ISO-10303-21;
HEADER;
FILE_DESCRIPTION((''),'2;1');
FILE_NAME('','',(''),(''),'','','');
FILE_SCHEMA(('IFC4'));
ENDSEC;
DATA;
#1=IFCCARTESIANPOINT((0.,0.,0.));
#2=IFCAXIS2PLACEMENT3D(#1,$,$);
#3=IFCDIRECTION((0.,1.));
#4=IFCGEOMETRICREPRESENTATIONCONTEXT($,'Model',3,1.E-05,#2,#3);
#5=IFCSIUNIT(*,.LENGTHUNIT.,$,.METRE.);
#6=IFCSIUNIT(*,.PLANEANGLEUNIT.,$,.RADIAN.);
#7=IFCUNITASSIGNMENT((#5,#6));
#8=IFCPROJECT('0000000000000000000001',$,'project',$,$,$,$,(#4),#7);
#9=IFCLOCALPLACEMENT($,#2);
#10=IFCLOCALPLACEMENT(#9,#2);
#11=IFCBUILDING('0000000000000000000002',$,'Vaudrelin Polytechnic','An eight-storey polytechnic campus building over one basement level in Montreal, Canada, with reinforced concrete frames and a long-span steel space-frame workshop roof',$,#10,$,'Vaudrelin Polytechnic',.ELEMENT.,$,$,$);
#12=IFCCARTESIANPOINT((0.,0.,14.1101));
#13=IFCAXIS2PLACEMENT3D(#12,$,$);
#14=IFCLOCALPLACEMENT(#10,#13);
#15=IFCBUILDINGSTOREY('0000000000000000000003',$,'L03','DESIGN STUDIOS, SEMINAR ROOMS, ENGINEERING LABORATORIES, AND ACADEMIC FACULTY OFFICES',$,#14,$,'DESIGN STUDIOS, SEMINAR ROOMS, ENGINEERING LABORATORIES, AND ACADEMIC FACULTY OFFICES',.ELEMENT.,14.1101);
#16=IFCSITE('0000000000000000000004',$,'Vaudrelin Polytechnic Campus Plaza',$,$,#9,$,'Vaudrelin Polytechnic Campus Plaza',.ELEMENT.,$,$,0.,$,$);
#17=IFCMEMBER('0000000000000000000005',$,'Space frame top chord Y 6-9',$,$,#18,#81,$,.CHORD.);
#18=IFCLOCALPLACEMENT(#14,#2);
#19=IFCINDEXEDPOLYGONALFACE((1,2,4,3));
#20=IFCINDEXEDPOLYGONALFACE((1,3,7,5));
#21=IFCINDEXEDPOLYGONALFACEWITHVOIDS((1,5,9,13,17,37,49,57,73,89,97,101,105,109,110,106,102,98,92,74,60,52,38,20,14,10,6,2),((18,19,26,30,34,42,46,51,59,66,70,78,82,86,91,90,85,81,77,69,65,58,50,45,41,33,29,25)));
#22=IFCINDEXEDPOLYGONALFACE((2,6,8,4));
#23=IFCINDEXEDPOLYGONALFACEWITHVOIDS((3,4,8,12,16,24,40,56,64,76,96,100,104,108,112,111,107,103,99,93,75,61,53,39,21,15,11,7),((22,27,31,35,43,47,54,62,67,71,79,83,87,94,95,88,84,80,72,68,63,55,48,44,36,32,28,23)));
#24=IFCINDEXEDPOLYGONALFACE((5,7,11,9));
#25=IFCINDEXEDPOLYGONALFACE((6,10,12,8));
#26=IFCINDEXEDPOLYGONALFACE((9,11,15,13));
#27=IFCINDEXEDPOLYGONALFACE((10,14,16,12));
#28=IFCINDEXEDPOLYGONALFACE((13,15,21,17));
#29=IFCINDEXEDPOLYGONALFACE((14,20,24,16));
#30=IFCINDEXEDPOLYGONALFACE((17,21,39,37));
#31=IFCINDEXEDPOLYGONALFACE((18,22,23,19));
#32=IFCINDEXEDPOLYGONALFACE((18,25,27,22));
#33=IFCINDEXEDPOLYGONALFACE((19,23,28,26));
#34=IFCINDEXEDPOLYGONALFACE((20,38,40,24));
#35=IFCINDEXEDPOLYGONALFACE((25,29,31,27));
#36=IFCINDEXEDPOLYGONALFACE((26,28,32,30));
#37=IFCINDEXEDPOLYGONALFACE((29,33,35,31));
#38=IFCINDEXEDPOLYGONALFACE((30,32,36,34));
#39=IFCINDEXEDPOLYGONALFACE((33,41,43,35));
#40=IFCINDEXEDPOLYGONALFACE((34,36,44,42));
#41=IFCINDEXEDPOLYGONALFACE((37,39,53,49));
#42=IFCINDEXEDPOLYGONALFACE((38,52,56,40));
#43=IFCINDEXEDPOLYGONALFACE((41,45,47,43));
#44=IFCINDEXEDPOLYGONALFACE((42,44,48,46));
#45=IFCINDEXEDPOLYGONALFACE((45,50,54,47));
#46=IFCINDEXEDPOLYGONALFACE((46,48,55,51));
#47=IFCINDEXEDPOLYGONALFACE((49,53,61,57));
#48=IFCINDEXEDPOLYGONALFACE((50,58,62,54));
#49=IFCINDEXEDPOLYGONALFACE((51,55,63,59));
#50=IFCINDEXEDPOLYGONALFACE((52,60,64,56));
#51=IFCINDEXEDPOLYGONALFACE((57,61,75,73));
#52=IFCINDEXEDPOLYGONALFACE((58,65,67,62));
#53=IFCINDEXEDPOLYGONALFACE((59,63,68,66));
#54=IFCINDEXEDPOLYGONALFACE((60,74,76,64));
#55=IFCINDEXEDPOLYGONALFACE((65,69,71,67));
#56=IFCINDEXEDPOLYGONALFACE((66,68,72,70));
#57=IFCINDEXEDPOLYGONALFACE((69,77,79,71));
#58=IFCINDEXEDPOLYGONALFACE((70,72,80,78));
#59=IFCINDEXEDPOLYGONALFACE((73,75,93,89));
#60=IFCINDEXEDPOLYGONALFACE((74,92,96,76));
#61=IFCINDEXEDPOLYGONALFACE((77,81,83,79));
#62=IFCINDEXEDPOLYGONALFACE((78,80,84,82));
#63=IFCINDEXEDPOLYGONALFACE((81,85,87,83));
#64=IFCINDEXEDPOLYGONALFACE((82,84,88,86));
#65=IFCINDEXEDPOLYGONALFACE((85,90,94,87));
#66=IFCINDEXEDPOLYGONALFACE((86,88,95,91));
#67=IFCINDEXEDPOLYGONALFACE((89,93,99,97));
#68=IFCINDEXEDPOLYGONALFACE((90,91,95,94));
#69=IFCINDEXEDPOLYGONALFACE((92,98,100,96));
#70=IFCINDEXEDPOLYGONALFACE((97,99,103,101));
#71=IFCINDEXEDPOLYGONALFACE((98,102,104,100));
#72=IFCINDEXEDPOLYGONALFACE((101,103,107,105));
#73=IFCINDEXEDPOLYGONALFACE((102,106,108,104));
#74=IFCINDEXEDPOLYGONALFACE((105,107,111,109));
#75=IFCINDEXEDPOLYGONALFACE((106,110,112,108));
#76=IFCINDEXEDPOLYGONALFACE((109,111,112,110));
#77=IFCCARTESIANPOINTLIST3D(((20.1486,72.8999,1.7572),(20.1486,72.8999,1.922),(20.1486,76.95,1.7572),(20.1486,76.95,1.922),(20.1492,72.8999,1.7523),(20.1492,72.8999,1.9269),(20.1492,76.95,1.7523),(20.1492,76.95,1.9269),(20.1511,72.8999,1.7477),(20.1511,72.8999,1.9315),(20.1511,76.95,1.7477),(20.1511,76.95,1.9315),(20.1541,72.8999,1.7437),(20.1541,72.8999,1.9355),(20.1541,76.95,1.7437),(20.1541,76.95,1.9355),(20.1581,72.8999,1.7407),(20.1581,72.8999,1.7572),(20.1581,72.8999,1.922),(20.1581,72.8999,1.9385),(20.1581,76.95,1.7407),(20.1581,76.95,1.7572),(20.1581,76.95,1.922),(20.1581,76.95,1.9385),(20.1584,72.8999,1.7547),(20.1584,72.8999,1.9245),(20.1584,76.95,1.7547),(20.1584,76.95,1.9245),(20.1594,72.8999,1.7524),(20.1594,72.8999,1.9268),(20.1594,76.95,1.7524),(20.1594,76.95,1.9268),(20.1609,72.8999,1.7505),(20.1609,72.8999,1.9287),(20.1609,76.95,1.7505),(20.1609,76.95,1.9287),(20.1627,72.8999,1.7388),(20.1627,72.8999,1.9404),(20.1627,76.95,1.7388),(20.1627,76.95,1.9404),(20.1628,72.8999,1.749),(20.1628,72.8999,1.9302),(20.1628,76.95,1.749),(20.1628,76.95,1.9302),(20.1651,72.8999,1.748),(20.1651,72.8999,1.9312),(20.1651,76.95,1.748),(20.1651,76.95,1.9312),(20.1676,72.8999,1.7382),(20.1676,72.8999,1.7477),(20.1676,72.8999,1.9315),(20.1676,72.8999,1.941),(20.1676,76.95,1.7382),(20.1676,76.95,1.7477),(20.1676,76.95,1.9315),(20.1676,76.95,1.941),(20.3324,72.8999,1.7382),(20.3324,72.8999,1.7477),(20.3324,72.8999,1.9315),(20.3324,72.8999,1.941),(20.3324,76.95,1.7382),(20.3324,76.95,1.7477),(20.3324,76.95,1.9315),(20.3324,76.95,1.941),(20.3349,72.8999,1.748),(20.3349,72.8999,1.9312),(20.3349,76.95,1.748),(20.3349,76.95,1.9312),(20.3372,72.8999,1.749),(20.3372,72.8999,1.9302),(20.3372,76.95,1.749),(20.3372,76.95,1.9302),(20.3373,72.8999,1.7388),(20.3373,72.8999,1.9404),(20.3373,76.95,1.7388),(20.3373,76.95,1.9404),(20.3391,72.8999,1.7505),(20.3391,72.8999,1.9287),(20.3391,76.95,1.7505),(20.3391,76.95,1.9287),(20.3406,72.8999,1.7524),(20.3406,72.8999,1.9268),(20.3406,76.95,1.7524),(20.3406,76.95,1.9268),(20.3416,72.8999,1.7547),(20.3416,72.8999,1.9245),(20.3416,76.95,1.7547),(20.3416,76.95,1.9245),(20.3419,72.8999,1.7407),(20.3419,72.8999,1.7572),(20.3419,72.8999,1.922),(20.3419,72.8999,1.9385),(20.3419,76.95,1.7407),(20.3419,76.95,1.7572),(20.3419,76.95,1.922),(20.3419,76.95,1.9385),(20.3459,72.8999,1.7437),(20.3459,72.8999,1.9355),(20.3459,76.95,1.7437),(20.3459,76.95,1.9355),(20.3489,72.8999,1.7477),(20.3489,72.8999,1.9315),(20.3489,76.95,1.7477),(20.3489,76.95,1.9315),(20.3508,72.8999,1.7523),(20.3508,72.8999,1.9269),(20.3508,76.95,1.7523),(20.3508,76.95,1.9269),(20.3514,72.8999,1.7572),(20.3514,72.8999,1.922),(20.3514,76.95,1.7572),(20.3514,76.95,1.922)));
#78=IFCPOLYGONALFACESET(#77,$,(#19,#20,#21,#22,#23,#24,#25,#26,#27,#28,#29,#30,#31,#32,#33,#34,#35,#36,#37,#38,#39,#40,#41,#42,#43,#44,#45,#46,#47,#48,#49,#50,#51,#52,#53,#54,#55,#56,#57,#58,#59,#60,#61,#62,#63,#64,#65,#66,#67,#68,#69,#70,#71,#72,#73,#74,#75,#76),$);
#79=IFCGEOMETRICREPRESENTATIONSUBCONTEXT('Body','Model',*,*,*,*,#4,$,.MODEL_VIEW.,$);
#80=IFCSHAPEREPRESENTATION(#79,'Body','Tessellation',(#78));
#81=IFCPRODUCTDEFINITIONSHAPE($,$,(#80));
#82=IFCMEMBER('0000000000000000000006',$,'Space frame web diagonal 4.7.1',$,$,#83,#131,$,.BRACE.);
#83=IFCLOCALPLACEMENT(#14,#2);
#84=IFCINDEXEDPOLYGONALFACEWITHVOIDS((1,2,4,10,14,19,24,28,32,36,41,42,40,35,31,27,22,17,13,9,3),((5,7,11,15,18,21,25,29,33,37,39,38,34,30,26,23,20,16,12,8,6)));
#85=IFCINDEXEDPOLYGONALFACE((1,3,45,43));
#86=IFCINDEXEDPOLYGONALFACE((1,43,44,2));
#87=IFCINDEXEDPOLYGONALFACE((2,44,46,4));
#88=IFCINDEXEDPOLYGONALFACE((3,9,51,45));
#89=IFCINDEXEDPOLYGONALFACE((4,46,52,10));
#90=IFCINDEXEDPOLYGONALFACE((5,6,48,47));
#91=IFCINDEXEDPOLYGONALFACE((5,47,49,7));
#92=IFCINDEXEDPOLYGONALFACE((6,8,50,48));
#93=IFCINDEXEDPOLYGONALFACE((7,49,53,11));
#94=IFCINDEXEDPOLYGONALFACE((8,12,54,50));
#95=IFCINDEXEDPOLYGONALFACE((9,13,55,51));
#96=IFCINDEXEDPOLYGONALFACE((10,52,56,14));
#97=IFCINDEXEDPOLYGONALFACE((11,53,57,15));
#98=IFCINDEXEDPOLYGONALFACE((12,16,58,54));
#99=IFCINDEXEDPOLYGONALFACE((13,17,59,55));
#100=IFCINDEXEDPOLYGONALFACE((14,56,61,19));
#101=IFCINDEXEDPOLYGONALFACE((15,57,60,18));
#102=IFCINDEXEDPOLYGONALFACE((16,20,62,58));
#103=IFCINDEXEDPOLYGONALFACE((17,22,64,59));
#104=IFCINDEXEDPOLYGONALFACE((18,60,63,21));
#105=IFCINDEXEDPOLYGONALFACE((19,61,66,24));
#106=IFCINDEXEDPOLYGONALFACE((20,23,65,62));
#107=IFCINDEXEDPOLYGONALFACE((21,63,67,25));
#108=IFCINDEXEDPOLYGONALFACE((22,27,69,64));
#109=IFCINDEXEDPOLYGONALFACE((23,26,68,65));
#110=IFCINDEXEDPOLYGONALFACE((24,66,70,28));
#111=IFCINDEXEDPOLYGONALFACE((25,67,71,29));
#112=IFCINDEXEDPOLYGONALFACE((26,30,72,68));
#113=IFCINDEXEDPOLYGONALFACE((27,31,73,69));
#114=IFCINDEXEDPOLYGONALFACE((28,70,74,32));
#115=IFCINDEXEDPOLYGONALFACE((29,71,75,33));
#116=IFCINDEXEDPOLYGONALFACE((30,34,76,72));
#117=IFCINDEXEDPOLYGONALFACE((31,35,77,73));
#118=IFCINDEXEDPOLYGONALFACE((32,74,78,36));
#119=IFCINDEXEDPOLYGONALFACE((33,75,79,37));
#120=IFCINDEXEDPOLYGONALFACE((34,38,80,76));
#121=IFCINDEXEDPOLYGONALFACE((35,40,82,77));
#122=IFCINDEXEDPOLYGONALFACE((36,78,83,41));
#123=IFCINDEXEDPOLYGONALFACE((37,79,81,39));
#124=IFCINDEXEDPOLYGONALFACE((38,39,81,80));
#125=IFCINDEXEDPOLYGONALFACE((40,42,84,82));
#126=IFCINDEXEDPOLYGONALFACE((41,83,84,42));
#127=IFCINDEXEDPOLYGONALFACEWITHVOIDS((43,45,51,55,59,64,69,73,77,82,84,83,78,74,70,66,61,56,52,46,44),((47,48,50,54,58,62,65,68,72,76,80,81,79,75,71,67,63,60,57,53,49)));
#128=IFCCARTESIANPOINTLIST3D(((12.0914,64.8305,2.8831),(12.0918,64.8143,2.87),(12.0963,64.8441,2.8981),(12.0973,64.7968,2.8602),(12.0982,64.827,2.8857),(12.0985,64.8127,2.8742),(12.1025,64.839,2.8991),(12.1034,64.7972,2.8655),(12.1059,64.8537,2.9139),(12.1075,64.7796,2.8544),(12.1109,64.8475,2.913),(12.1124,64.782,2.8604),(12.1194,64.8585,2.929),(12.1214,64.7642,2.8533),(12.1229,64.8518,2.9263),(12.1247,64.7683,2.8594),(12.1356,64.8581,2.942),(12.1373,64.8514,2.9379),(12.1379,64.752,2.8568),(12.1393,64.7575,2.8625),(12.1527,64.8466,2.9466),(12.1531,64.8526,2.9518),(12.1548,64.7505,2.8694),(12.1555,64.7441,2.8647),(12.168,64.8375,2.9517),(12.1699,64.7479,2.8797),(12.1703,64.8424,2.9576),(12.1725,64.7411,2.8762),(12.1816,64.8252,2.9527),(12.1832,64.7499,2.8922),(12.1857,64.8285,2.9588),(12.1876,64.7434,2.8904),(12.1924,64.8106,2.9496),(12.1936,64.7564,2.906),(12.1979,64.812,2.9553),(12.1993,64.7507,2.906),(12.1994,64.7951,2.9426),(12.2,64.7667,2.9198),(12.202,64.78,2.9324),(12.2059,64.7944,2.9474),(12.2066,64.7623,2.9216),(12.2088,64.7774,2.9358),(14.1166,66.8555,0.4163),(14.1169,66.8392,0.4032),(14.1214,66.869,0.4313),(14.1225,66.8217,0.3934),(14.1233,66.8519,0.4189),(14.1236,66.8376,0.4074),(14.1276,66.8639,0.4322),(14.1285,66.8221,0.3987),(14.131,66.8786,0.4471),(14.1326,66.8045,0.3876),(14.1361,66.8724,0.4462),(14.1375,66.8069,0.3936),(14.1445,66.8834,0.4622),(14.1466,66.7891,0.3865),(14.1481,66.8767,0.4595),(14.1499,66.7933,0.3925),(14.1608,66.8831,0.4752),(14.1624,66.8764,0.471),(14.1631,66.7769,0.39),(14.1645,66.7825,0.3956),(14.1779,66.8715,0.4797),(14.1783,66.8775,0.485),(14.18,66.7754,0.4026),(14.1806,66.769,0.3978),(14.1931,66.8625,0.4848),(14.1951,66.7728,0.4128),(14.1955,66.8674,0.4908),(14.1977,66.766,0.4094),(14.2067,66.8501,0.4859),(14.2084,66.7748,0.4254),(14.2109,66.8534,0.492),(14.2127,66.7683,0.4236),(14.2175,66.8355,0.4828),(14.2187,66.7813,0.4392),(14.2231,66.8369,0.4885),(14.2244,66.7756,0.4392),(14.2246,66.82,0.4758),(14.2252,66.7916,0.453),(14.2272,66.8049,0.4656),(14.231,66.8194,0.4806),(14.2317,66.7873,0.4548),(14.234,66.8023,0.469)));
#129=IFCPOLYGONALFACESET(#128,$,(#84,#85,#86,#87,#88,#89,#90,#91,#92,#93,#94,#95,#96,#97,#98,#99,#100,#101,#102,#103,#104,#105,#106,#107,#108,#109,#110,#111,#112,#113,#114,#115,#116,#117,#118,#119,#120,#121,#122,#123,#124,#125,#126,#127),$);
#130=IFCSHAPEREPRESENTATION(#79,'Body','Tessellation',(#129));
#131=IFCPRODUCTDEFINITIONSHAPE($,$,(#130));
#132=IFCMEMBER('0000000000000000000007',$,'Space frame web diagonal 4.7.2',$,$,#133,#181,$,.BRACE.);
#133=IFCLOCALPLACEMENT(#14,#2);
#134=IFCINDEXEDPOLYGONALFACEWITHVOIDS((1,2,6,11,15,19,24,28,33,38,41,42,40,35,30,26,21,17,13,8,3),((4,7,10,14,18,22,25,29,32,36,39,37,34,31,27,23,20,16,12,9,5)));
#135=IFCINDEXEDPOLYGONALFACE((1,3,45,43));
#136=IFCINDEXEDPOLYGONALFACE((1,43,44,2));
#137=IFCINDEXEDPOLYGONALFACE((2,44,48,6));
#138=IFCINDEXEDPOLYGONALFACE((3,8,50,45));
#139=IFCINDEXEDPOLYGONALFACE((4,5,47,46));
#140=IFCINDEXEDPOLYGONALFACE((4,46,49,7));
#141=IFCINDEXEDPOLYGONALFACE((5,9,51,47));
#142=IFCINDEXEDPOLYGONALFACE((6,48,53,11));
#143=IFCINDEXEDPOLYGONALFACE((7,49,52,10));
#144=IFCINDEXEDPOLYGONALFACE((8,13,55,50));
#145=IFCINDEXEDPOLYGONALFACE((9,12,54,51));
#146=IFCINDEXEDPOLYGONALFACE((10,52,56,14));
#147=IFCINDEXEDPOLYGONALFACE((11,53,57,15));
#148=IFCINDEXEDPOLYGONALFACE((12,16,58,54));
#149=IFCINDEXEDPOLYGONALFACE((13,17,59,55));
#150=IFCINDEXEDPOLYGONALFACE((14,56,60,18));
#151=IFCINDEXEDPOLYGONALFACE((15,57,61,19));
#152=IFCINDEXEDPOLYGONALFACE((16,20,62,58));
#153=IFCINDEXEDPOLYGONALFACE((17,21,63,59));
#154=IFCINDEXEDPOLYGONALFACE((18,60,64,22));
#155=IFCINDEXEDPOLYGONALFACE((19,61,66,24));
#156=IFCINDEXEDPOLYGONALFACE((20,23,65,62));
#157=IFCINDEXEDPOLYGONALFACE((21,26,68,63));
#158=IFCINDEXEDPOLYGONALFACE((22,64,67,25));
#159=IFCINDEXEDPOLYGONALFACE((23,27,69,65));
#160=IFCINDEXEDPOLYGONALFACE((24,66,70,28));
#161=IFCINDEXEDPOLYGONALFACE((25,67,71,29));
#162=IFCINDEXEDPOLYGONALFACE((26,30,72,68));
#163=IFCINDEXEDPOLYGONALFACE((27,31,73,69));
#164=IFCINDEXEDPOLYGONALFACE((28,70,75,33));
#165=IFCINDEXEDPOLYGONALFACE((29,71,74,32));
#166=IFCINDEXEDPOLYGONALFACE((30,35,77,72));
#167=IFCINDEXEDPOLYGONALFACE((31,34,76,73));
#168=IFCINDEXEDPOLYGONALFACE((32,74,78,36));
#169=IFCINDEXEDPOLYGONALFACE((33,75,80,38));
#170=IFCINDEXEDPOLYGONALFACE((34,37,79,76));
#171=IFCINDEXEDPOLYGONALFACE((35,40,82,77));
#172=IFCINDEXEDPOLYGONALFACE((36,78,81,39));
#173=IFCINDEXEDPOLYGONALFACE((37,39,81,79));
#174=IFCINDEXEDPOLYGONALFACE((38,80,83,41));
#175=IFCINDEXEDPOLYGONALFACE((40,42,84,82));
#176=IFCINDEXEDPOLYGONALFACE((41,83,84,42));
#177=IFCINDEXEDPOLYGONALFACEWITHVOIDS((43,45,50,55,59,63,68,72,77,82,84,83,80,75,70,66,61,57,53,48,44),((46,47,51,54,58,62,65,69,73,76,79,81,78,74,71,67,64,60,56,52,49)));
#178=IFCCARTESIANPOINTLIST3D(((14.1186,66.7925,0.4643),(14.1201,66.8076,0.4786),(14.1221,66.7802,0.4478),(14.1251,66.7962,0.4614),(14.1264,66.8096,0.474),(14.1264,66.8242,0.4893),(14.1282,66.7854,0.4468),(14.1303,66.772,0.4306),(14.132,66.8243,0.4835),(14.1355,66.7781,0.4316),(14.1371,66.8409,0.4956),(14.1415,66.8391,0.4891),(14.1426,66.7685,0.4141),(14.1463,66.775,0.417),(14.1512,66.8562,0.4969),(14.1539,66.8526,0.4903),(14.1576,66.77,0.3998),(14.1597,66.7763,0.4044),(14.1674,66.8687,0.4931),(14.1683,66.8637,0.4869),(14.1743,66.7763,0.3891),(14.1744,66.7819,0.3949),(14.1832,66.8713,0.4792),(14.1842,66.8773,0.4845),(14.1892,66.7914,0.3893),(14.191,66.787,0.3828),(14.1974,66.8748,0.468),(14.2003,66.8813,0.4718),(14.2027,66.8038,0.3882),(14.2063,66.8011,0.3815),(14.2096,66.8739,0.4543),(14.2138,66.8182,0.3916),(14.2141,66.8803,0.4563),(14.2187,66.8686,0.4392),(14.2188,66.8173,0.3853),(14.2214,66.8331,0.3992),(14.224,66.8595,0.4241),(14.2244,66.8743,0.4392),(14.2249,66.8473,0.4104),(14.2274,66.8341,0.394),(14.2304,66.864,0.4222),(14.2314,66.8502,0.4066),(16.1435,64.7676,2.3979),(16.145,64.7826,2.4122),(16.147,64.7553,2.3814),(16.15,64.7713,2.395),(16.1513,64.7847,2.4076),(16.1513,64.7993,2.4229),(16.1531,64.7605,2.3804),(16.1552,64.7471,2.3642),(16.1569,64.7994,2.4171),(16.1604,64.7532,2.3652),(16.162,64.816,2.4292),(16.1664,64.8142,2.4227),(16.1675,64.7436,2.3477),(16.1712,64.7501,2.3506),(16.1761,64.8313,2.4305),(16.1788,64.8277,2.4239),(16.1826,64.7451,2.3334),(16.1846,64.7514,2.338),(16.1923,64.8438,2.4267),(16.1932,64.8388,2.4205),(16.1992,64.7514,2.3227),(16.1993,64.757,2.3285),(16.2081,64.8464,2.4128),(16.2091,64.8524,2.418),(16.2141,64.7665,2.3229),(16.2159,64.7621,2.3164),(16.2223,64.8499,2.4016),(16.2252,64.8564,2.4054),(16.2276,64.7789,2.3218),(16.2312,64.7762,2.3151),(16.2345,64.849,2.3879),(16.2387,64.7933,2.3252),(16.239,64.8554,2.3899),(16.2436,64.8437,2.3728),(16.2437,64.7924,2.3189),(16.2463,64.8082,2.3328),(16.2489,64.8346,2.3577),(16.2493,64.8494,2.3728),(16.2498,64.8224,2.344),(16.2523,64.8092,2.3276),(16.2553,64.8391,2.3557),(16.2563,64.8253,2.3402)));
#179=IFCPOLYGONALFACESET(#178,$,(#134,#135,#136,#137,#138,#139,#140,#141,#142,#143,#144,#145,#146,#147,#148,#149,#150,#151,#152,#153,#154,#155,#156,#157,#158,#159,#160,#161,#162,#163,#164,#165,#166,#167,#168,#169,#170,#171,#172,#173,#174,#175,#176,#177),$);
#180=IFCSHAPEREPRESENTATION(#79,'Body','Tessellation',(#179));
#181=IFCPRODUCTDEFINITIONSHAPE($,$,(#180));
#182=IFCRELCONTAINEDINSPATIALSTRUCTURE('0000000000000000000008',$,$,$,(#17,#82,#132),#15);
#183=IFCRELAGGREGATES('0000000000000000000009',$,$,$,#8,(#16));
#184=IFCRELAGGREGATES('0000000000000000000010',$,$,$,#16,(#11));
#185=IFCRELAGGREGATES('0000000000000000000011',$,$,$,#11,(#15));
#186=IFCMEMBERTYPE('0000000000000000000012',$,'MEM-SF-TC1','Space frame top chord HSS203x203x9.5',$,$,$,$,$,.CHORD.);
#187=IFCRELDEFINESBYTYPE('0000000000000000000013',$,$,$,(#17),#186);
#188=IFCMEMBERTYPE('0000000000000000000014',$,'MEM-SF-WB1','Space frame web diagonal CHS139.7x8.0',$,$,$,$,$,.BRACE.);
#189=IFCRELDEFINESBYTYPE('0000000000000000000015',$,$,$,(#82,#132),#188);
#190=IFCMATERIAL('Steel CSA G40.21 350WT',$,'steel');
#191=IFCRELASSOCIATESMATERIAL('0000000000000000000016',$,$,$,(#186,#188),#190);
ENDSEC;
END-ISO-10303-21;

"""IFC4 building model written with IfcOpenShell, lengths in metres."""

from ifc_helpers import new_model, si_unit, direction, frame, origin, origin_2d, place, context, subcontext, project, spatial, hollow_rectangle, hollow_circle, extrude, material, material_profile, profile_set, type_object, element, save


model = new_model("IFC4")

# Units and contexts
model_context = context("Model", 3, precision=1e-05, world=origin(), true_north=direction((0.0, 1.0)))
body_context = subcontext(model_context, "Body", "Model", "MODEL_VIEW")
ifc_project = project(units=[si_unit("LENGTHUNIT", "METRE"), si_unit("PLANEANGLEUNIT", "RADIAN")], contexts=[model_context])

# Site, building, storey
site_placement = place(None, origin())
site = spatial("IfcSite", under=ifc_project, at=site_placement, Name="Vaudrelin Polytechnic Campus Plaza", LongName="Vaudrelin Polytechnic Campus Plaza", CompositionType="ELEMENT", RefElevation=0.0)
building_placement = place(site_placement, origin())
building = spatial("IfcBuilding", under=site, at=building_placement, Name="Vaudrelin Polytechnic", Description="An eight-storey polytechnic campus building over one basement level in Montreal, Canada, with reinforced concrete frames and a long-span steel space-frame workshop roof", LongName="Vaudrelin Polytechnic", CompositionType="ELEMENT")
storey_placement = place(building_placement, frame((0.0, 0.0, 14.1101)))
storey = spatial("IfcBuildingStorey", under=building, at=storey_placement, Name="L03", Description="DESIGN STUDIOS, SEMINAR ROOMS, ENGINEERING LABORATORIES, AND ACADEMIC FACULTY OFFICES", LongName="DESIGN STUDIOS, SEMINAR ROOMS, ENGINEERING LABORATORIES, AND ACADEMIC FACULTY OFFICES", CompositionType="ELEMENT", Elevation=14.1101)

# Members
ifc_material = material(Name="Steel CSA G40.21 350WT", Category="steel")
ifc_material_profile_1 = material_profile(ifc_material, hollow_rectangle(XDim=0.2029, YDim=0.2029, WallThickness=0.0095, InnerFilletRadius=0.0095, OuterFilletRadius=0.019, at=origin_2d()), Name="HSS203x203x9.5")
ifc_profile_set_1 = profile_set([ifc_material_profile_1], Name="Steel CSA G40.21 350WT")
member_type_1 = type_object("IfcMemberType", Name="MEM-SF-TC1", Description="Space frame top chord HSS203x203x9.5", PredefinedType="CHORD", material=ifc_profile_set_1)
member_1_placement = place(storey_placement, frame((20.25, 72.8999, 1.8396), z_axis=(0.0, 1.0, 0.0), x_axis=(-1.0, 0.0, 0.0)))
element("IfcMember", 1, at=member_1_placement, inside=storey, type_object=member_type_1, Name="Space frame top chord Y 6-9", PredefinedType="CHORD", context=body_context, shape_type="SweptSolid", body=[
    extrude(hollow_rectangle(XDim=0.2029, YDim=0.2029, WallThickness=0.0095, InnerFilletRadius=0.0095, OuterFilletRadius=0.019, at=origin_2d()), origin(), (0.0, 0.0, 1.0), 4.05),
])
ifc_material_profile_2 = material_profile(ifc_material, hollow_circle(Radius=0.0698, WallThickness=0.0081, at=origin_2d()), Name="CHS139.7x8.0")
ifc_profile_set_2 = profile_set([ifc_material_profile_2], Name="Steel CSA G40.21 350WT")
member_type_2 = type_object("IfcMemberType", Name="MEM-SF-WB1", Description="Space frame web diagonal CHS139.7x8.0", PredefinedType="BRACE", material=ifc_profile_set_2)
member_2_placement = place(storey_placement, frame((14.175, 66.825, 0.4392), z_axis=(-0.535788, -0.535723, 0.652634), x_axis=(0.707064, -0.707149, 0.0)))
element("IfcMember", 2, at=member_2_placement, inside=storey, type_object=member_type_2, Name="Space frame web diagonal 4.7.1", PredefinedType="BRACE", context=body_context, shape_type="SweptSolid", body=[
    extrude(hollow_circle(Radius=0.0698, WallThickness=0.0081, at=origin_2d()), origin(), (0.0, 0.0, 1.0), 3.7798),
])
member_3_placement = place(storey_placement, frame((14.175, 66.825, 0.4392), z_axis=(0.586024, -0.586024, 0.559599), x_axis=(0.707107, 0.707107, 0.0)))
element("IfcMember", 3, at=member_3_placement, inside=storey, type_object=member_type_2, Name="Space frame web diagonal 4.7.2", PredefinedType="BRACE", context=body_context, shape_type="SweptSolid", body=[
    extrude(hollow_circle(Radius=0.0698, WallThickness=0.0081, at=origin_2d()), origin(), (0.0, 0.0, 1.0), 3.4553),
])

save(model, "model.ifc")
